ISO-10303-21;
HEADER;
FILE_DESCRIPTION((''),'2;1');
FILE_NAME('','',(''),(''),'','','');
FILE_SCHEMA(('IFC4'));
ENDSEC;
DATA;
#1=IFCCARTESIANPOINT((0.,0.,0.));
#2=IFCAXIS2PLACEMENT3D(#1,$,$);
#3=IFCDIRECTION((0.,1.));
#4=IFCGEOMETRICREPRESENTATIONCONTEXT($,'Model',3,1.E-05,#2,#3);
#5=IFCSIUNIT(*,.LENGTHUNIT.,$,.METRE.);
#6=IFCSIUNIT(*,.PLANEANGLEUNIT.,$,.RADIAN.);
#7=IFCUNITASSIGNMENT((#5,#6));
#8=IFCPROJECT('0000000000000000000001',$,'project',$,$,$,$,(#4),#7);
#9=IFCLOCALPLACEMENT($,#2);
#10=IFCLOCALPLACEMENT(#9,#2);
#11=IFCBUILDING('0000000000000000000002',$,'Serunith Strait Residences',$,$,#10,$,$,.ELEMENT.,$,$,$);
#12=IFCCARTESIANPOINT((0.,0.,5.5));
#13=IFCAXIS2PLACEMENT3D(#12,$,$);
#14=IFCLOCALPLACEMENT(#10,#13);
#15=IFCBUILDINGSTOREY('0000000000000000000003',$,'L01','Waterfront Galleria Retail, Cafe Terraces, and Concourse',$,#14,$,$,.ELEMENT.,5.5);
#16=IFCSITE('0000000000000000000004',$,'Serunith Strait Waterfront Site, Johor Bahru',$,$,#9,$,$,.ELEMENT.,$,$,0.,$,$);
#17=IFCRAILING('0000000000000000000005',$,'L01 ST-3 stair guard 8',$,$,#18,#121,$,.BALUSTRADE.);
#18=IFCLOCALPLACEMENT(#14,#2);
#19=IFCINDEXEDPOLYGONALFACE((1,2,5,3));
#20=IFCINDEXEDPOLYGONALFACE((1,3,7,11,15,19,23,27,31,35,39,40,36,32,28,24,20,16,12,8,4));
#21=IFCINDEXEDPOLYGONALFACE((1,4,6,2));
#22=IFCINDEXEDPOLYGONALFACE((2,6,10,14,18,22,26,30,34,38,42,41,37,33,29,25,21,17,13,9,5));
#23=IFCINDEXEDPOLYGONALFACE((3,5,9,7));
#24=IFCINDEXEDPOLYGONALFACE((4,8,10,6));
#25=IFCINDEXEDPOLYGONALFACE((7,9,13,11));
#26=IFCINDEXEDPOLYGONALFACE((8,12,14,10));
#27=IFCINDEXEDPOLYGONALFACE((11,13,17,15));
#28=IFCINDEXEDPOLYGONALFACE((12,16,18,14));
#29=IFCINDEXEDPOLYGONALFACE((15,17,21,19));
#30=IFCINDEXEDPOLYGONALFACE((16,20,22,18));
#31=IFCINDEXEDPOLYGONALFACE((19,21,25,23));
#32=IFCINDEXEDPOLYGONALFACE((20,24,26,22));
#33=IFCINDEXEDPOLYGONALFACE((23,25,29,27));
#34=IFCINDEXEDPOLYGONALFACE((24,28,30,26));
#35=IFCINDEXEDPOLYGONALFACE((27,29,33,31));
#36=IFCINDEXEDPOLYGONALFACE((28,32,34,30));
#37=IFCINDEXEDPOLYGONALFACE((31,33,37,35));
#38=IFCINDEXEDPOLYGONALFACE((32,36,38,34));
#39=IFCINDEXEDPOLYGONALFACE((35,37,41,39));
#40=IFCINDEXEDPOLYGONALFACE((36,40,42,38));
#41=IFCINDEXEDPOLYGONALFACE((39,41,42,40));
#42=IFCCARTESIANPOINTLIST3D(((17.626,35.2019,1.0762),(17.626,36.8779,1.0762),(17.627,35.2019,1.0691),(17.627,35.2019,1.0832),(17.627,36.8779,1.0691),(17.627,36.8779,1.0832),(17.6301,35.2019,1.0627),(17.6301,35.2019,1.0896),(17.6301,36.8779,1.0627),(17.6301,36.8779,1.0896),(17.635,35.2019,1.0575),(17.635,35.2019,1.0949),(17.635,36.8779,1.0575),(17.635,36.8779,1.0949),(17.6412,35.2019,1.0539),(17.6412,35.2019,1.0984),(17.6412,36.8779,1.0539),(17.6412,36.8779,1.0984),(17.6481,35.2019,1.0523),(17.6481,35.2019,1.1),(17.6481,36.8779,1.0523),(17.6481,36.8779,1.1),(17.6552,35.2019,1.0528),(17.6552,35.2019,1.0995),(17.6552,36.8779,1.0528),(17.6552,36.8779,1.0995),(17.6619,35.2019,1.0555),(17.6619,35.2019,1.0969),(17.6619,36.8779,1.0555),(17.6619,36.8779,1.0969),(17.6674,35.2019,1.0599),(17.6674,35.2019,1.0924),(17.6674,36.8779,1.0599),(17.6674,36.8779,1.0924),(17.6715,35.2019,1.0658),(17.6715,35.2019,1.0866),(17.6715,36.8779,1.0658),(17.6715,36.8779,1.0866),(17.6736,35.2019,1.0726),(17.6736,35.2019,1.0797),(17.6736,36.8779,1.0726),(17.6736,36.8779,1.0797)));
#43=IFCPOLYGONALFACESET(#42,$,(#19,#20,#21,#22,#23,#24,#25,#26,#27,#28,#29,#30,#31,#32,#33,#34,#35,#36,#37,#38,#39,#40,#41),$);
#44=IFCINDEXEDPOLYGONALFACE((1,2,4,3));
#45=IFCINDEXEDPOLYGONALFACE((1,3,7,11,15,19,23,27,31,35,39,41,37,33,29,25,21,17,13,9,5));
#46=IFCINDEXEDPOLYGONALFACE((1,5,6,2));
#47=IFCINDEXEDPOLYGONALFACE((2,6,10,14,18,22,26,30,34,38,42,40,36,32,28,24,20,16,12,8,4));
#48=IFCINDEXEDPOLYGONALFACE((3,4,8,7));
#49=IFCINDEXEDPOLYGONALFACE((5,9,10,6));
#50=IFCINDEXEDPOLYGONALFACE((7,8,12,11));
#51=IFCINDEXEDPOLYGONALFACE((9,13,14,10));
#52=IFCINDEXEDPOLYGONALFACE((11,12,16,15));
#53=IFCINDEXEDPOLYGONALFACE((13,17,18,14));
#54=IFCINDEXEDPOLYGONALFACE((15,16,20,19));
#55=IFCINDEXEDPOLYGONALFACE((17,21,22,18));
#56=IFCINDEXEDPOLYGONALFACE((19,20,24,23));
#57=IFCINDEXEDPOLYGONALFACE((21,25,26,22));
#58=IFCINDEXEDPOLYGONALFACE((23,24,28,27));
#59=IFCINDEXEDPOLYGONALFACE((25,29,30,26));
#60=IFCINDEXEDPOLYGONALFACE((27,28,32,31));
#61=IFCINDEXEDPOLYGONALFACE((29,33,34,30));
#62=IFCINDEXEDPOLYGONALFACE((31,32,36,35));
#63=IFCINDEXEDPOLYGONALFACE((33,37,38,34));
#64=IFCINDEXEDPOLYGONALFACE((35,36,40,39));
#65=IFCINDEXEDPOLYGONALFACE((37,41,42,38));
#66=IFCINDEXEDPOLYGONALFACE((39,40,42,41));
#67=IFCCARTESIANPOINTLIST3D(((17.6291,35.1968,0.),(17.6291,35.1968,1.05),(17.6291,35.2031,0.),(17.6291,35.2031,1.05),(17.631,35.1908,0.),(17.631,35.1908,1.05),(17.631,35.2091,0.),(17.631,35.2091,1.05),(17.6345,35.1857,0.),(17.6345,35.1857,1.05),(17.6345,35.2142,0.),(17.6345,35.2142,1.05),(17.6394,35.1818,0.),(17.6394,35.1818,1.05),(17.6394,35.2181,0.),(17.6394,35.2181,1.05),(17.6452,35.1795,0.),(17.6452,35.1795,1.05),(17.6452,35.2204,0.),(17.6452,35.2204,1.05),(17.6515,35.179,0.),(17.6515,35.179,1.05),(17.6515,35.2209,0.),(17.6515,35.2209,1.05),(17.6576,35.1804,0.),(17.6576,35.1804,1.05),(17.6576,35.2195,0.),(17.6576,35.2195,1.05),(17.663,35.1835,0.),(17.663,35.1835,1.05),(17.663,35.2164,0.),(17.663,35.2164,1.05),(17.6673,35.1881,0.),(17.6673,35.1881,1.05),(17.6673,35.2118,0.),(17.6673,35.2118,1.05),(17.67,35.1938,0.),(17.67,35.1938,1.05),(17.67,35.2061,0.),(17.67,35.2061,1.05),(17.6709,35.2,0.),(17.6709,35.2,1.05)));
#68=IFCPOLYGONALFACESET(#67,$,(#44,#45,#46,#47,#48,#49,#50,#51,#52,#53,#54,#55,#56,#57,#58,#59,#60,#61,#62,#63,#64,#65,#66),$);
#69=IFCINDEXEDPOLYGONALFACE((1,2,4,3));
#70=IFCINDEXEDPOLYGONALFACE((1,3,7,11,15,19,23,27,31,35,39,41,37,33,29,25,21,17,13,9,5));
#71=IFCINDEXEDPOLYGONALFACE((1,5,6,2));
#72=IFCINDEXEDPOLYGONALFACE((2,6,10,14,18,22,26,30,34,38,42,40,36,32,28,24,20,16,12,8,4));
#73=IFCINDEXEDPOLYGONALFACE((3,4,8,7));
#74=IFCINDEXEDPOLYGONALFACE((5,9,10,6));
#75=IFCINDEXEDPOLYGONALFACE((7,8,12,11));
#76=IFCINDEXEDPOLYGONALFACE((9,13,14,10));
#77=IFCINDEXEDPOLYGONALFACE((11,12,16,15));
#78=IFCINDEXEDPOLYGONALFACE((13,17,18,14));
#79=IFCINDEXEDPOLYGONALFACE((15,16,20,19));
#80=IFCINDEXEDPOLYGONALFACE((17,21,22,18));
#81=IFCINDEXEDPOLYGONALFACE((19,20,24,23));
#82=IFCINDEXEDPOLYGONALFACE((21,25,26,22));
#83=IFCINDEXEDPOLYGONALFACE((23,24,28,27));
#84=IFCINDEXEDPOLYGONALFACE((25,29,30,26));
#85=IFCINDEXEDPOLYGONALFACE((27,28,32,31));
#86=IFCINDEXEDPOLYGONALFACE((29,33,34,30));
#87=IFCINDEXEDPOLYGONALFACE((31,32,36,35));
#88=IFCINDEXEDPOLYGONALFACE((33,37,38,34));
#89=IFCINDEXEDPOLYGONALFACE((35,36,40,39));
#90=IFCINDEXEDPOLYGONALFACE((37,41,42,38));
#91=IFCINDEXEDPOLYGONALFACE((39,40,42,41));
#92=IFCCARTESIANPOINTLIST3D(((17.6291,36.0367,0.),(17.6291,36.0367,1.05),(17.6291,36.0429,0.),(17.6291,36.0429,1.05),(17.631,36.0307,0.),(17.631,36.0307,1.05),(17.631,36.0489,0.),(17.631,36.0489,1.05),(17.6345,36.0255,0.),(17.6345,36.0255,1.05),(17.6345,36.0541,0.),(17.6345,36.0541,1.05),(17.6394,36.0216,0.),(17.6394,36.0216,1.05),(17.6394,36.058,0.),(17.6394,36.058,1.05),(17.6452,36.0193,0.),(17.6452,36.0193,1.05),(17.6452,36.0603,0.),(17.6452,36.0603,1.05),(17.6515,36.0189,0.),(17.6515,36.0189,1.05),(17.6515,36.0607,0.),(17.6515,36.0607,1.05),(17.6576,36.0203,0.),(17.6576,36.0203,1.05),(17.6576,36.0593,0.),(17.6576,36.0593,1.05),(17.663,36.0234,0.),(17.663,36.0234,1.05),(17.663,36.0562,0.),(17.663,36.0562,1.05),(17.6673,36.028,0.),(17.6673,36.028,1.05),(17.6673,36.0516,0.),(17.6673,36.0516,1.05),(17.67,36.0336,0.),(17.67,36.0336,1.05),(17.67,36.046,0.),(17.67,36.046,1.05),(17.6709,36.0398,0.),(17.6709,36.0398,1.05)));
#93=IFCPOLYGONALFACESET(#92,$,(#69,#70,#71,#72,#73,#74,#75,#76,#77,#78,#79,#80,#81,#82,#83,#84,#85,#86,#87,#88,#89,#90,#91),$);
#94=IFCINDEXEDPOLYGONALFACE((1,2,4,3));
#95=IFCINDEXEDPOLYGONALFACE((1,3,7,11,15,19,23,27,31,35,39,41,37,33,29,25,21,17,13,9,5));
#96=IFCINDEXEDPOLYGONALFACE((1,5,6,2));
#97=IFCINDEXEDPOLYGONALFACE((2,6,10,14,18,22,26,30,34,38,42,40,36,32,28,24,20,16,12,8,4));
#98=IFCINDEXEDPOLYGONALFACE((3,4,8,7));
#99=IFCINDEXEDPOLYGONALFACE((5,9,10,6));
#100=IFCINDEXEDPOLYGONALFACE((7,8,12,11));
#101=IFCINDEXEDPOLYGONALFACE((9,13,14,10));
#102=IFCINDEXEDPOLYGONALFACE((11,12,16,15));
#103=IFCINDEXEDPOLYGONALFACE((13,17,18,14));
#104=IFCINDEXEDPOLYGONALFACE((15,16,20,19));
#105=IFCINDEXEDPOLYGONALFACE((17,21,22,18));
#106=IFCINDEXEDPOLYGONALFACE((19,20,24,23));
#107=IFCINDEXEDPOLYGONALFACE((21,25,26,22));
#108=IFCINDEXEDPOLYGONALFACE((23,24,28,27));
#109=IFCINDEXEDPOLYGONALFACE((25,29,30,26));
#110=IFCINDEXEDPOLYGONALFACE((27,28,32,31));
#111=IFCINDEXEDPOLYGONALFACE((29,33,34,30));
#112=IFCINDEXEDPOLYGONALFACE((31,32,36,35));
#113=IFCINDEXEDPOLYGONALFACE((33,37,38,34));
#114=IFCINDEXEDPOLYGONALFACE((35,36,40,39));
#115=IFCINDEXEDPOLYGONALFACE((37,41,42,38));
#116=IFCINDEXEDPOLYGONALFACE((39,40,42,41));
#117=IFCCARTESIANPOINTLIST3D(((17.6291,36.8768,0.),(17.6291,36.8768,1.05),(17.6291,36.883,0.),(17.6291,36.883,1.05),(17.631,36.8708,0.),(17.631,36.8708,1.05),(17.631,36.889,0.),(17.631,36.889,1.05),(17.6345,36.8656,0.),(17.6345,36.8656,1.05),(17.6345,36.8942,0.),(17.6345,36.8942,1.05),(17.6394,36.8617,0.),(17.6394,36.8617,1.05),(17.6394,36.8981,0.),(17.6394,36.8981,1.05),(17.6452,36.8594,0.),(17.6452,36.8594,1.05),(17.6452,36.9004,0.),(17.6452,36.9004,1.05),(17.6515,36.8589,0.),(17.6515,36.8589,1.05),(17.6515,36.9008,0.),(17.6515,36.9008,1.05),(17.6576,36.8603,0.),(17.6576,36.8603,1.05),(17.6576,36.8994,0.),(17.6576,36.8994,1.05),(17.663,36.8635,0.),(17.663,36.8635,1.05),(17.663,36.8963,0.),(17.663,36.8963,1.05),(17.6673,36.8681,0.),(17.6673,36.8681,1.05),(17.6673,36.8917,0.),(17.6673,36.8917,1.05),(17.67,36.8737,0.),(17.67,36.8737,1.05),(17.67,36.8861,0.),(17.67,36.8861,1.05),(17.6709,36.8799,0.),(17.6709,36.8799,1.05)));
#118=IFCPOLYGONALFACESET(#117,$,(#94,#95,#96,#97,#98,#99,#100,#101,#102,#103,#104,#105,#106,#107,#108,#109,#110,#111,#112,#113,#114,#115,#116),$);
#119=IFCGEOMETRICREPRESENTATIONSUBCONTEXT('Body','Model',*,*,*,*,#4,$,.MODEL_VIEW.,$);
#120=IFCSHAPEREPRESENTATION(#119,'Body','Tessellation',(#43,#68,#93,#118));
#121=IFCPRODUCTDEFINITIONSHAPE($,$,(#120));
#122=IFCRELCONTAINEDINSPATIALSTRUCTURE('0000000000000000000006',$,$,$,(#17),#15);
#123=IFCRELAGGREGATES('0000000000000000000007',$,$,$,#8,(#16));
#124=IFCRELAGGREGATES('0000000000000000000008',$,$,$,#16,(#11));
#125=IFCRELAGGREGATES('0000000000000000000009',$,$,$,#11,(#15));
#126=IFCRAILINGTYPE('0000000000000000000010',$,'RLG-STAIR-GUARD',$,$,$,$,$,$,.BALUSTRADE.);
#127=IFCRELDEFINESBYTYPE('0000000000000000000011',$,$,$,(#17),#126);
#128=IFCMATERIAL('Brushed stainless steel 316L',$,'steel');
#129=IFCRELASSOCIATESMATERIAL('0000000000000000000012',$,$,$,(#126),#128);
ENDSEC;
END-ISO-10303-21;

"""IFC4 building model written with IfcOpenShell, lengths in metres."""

from ifc_helpers import new_model, si_unit, direction, frame, origin, origin_2d, place, context, subcontext, project, spatial, circle, extrude, material, type_object, element, save


model = new_model("IFC4")

# Units and contexts
model_context = context("Model", 3, precision=1e-05, world=origin(), true_north=direction((0.0, 1.0)))
body_context = subcontext(model_context, "Body", "Model", "MODEL_VIEW")
ifc_project = project(units=[si_unit("LENGTHUNIT", "METRE"), si_unit("PLANEANGLEUNIT", "RADIAN")], contexts=[model_context])

# Site, building, storey
site_placement = place(None, origin())
site = spatial("IfcSite", under=ifc_project, at=site_placement, Name="Serunith Strait Waterfront Site, Johor Bahru", CompositionType="ELEMENT", RefElevation=0.0)
building_placement = place(site_placement, origin())
building = spatial("IfcBuilding", under=site, at=building_placement, Name="Serunith Strait Residences", CompositionType="ELEMENT")
storey_placement = place(building_placement, frame((0.0, 0.0, 5.5)))
storey = spatial("IfcBuildingStorey", under=building, at=storey_placement, Name="L01", Description="Waterfront Galleria Retail, Cafe Terraces, and Concourse", CompositionType="ELEMENT", Elevation=5.5)

# Railing
ifc_material_1 = material(Name="Brushed stainless steel 316L", Category="steel")
railing_type_1 = type_object("IfcRailingType", Name="RLG-STAIR-GUARD", PredefinedType="BALUSTRADE", material=ifc_material_1)
railing_1_placement = place(storey_placement, frame((17.6499, 35.2, 0.0)))
element("IfcRailing", 1, at=railing_1_placement, inside=storey, type_object=railing_type_1, Name="L01 ST-3 stair guard 8", PredefinedType="BALUSTRADE", context=body_context, shape_type="SweptSolid", body=[
    extrude(circle(Radius=0.0239, at=origin_2d()), frame((0.0, 0.002, 1.0762), z_axis=(0.0, 1.0, 0.0), x_axis=(-1.0, 0.0, 0.0)), (0.0, 0.0, 1.0), 1.676),
    extrude(circle(Radius=0.021, at=origin_2d()), origin(), (0.0, 0.0, 1.0), 1.05),
    extrude(circle(Radius=0.021, at=origin_2d()), frame((0.0, 0.8398, 0.0)), (0.0, 0.0, 1.0), 1.05),
    extrude(circle(Radius=0.021, at=origin_2d()), frame((0.0, 1.6799, 0.0)), (0.0, 0.0, 1.0), 1.05),
])

save(model, "model.ifc")
